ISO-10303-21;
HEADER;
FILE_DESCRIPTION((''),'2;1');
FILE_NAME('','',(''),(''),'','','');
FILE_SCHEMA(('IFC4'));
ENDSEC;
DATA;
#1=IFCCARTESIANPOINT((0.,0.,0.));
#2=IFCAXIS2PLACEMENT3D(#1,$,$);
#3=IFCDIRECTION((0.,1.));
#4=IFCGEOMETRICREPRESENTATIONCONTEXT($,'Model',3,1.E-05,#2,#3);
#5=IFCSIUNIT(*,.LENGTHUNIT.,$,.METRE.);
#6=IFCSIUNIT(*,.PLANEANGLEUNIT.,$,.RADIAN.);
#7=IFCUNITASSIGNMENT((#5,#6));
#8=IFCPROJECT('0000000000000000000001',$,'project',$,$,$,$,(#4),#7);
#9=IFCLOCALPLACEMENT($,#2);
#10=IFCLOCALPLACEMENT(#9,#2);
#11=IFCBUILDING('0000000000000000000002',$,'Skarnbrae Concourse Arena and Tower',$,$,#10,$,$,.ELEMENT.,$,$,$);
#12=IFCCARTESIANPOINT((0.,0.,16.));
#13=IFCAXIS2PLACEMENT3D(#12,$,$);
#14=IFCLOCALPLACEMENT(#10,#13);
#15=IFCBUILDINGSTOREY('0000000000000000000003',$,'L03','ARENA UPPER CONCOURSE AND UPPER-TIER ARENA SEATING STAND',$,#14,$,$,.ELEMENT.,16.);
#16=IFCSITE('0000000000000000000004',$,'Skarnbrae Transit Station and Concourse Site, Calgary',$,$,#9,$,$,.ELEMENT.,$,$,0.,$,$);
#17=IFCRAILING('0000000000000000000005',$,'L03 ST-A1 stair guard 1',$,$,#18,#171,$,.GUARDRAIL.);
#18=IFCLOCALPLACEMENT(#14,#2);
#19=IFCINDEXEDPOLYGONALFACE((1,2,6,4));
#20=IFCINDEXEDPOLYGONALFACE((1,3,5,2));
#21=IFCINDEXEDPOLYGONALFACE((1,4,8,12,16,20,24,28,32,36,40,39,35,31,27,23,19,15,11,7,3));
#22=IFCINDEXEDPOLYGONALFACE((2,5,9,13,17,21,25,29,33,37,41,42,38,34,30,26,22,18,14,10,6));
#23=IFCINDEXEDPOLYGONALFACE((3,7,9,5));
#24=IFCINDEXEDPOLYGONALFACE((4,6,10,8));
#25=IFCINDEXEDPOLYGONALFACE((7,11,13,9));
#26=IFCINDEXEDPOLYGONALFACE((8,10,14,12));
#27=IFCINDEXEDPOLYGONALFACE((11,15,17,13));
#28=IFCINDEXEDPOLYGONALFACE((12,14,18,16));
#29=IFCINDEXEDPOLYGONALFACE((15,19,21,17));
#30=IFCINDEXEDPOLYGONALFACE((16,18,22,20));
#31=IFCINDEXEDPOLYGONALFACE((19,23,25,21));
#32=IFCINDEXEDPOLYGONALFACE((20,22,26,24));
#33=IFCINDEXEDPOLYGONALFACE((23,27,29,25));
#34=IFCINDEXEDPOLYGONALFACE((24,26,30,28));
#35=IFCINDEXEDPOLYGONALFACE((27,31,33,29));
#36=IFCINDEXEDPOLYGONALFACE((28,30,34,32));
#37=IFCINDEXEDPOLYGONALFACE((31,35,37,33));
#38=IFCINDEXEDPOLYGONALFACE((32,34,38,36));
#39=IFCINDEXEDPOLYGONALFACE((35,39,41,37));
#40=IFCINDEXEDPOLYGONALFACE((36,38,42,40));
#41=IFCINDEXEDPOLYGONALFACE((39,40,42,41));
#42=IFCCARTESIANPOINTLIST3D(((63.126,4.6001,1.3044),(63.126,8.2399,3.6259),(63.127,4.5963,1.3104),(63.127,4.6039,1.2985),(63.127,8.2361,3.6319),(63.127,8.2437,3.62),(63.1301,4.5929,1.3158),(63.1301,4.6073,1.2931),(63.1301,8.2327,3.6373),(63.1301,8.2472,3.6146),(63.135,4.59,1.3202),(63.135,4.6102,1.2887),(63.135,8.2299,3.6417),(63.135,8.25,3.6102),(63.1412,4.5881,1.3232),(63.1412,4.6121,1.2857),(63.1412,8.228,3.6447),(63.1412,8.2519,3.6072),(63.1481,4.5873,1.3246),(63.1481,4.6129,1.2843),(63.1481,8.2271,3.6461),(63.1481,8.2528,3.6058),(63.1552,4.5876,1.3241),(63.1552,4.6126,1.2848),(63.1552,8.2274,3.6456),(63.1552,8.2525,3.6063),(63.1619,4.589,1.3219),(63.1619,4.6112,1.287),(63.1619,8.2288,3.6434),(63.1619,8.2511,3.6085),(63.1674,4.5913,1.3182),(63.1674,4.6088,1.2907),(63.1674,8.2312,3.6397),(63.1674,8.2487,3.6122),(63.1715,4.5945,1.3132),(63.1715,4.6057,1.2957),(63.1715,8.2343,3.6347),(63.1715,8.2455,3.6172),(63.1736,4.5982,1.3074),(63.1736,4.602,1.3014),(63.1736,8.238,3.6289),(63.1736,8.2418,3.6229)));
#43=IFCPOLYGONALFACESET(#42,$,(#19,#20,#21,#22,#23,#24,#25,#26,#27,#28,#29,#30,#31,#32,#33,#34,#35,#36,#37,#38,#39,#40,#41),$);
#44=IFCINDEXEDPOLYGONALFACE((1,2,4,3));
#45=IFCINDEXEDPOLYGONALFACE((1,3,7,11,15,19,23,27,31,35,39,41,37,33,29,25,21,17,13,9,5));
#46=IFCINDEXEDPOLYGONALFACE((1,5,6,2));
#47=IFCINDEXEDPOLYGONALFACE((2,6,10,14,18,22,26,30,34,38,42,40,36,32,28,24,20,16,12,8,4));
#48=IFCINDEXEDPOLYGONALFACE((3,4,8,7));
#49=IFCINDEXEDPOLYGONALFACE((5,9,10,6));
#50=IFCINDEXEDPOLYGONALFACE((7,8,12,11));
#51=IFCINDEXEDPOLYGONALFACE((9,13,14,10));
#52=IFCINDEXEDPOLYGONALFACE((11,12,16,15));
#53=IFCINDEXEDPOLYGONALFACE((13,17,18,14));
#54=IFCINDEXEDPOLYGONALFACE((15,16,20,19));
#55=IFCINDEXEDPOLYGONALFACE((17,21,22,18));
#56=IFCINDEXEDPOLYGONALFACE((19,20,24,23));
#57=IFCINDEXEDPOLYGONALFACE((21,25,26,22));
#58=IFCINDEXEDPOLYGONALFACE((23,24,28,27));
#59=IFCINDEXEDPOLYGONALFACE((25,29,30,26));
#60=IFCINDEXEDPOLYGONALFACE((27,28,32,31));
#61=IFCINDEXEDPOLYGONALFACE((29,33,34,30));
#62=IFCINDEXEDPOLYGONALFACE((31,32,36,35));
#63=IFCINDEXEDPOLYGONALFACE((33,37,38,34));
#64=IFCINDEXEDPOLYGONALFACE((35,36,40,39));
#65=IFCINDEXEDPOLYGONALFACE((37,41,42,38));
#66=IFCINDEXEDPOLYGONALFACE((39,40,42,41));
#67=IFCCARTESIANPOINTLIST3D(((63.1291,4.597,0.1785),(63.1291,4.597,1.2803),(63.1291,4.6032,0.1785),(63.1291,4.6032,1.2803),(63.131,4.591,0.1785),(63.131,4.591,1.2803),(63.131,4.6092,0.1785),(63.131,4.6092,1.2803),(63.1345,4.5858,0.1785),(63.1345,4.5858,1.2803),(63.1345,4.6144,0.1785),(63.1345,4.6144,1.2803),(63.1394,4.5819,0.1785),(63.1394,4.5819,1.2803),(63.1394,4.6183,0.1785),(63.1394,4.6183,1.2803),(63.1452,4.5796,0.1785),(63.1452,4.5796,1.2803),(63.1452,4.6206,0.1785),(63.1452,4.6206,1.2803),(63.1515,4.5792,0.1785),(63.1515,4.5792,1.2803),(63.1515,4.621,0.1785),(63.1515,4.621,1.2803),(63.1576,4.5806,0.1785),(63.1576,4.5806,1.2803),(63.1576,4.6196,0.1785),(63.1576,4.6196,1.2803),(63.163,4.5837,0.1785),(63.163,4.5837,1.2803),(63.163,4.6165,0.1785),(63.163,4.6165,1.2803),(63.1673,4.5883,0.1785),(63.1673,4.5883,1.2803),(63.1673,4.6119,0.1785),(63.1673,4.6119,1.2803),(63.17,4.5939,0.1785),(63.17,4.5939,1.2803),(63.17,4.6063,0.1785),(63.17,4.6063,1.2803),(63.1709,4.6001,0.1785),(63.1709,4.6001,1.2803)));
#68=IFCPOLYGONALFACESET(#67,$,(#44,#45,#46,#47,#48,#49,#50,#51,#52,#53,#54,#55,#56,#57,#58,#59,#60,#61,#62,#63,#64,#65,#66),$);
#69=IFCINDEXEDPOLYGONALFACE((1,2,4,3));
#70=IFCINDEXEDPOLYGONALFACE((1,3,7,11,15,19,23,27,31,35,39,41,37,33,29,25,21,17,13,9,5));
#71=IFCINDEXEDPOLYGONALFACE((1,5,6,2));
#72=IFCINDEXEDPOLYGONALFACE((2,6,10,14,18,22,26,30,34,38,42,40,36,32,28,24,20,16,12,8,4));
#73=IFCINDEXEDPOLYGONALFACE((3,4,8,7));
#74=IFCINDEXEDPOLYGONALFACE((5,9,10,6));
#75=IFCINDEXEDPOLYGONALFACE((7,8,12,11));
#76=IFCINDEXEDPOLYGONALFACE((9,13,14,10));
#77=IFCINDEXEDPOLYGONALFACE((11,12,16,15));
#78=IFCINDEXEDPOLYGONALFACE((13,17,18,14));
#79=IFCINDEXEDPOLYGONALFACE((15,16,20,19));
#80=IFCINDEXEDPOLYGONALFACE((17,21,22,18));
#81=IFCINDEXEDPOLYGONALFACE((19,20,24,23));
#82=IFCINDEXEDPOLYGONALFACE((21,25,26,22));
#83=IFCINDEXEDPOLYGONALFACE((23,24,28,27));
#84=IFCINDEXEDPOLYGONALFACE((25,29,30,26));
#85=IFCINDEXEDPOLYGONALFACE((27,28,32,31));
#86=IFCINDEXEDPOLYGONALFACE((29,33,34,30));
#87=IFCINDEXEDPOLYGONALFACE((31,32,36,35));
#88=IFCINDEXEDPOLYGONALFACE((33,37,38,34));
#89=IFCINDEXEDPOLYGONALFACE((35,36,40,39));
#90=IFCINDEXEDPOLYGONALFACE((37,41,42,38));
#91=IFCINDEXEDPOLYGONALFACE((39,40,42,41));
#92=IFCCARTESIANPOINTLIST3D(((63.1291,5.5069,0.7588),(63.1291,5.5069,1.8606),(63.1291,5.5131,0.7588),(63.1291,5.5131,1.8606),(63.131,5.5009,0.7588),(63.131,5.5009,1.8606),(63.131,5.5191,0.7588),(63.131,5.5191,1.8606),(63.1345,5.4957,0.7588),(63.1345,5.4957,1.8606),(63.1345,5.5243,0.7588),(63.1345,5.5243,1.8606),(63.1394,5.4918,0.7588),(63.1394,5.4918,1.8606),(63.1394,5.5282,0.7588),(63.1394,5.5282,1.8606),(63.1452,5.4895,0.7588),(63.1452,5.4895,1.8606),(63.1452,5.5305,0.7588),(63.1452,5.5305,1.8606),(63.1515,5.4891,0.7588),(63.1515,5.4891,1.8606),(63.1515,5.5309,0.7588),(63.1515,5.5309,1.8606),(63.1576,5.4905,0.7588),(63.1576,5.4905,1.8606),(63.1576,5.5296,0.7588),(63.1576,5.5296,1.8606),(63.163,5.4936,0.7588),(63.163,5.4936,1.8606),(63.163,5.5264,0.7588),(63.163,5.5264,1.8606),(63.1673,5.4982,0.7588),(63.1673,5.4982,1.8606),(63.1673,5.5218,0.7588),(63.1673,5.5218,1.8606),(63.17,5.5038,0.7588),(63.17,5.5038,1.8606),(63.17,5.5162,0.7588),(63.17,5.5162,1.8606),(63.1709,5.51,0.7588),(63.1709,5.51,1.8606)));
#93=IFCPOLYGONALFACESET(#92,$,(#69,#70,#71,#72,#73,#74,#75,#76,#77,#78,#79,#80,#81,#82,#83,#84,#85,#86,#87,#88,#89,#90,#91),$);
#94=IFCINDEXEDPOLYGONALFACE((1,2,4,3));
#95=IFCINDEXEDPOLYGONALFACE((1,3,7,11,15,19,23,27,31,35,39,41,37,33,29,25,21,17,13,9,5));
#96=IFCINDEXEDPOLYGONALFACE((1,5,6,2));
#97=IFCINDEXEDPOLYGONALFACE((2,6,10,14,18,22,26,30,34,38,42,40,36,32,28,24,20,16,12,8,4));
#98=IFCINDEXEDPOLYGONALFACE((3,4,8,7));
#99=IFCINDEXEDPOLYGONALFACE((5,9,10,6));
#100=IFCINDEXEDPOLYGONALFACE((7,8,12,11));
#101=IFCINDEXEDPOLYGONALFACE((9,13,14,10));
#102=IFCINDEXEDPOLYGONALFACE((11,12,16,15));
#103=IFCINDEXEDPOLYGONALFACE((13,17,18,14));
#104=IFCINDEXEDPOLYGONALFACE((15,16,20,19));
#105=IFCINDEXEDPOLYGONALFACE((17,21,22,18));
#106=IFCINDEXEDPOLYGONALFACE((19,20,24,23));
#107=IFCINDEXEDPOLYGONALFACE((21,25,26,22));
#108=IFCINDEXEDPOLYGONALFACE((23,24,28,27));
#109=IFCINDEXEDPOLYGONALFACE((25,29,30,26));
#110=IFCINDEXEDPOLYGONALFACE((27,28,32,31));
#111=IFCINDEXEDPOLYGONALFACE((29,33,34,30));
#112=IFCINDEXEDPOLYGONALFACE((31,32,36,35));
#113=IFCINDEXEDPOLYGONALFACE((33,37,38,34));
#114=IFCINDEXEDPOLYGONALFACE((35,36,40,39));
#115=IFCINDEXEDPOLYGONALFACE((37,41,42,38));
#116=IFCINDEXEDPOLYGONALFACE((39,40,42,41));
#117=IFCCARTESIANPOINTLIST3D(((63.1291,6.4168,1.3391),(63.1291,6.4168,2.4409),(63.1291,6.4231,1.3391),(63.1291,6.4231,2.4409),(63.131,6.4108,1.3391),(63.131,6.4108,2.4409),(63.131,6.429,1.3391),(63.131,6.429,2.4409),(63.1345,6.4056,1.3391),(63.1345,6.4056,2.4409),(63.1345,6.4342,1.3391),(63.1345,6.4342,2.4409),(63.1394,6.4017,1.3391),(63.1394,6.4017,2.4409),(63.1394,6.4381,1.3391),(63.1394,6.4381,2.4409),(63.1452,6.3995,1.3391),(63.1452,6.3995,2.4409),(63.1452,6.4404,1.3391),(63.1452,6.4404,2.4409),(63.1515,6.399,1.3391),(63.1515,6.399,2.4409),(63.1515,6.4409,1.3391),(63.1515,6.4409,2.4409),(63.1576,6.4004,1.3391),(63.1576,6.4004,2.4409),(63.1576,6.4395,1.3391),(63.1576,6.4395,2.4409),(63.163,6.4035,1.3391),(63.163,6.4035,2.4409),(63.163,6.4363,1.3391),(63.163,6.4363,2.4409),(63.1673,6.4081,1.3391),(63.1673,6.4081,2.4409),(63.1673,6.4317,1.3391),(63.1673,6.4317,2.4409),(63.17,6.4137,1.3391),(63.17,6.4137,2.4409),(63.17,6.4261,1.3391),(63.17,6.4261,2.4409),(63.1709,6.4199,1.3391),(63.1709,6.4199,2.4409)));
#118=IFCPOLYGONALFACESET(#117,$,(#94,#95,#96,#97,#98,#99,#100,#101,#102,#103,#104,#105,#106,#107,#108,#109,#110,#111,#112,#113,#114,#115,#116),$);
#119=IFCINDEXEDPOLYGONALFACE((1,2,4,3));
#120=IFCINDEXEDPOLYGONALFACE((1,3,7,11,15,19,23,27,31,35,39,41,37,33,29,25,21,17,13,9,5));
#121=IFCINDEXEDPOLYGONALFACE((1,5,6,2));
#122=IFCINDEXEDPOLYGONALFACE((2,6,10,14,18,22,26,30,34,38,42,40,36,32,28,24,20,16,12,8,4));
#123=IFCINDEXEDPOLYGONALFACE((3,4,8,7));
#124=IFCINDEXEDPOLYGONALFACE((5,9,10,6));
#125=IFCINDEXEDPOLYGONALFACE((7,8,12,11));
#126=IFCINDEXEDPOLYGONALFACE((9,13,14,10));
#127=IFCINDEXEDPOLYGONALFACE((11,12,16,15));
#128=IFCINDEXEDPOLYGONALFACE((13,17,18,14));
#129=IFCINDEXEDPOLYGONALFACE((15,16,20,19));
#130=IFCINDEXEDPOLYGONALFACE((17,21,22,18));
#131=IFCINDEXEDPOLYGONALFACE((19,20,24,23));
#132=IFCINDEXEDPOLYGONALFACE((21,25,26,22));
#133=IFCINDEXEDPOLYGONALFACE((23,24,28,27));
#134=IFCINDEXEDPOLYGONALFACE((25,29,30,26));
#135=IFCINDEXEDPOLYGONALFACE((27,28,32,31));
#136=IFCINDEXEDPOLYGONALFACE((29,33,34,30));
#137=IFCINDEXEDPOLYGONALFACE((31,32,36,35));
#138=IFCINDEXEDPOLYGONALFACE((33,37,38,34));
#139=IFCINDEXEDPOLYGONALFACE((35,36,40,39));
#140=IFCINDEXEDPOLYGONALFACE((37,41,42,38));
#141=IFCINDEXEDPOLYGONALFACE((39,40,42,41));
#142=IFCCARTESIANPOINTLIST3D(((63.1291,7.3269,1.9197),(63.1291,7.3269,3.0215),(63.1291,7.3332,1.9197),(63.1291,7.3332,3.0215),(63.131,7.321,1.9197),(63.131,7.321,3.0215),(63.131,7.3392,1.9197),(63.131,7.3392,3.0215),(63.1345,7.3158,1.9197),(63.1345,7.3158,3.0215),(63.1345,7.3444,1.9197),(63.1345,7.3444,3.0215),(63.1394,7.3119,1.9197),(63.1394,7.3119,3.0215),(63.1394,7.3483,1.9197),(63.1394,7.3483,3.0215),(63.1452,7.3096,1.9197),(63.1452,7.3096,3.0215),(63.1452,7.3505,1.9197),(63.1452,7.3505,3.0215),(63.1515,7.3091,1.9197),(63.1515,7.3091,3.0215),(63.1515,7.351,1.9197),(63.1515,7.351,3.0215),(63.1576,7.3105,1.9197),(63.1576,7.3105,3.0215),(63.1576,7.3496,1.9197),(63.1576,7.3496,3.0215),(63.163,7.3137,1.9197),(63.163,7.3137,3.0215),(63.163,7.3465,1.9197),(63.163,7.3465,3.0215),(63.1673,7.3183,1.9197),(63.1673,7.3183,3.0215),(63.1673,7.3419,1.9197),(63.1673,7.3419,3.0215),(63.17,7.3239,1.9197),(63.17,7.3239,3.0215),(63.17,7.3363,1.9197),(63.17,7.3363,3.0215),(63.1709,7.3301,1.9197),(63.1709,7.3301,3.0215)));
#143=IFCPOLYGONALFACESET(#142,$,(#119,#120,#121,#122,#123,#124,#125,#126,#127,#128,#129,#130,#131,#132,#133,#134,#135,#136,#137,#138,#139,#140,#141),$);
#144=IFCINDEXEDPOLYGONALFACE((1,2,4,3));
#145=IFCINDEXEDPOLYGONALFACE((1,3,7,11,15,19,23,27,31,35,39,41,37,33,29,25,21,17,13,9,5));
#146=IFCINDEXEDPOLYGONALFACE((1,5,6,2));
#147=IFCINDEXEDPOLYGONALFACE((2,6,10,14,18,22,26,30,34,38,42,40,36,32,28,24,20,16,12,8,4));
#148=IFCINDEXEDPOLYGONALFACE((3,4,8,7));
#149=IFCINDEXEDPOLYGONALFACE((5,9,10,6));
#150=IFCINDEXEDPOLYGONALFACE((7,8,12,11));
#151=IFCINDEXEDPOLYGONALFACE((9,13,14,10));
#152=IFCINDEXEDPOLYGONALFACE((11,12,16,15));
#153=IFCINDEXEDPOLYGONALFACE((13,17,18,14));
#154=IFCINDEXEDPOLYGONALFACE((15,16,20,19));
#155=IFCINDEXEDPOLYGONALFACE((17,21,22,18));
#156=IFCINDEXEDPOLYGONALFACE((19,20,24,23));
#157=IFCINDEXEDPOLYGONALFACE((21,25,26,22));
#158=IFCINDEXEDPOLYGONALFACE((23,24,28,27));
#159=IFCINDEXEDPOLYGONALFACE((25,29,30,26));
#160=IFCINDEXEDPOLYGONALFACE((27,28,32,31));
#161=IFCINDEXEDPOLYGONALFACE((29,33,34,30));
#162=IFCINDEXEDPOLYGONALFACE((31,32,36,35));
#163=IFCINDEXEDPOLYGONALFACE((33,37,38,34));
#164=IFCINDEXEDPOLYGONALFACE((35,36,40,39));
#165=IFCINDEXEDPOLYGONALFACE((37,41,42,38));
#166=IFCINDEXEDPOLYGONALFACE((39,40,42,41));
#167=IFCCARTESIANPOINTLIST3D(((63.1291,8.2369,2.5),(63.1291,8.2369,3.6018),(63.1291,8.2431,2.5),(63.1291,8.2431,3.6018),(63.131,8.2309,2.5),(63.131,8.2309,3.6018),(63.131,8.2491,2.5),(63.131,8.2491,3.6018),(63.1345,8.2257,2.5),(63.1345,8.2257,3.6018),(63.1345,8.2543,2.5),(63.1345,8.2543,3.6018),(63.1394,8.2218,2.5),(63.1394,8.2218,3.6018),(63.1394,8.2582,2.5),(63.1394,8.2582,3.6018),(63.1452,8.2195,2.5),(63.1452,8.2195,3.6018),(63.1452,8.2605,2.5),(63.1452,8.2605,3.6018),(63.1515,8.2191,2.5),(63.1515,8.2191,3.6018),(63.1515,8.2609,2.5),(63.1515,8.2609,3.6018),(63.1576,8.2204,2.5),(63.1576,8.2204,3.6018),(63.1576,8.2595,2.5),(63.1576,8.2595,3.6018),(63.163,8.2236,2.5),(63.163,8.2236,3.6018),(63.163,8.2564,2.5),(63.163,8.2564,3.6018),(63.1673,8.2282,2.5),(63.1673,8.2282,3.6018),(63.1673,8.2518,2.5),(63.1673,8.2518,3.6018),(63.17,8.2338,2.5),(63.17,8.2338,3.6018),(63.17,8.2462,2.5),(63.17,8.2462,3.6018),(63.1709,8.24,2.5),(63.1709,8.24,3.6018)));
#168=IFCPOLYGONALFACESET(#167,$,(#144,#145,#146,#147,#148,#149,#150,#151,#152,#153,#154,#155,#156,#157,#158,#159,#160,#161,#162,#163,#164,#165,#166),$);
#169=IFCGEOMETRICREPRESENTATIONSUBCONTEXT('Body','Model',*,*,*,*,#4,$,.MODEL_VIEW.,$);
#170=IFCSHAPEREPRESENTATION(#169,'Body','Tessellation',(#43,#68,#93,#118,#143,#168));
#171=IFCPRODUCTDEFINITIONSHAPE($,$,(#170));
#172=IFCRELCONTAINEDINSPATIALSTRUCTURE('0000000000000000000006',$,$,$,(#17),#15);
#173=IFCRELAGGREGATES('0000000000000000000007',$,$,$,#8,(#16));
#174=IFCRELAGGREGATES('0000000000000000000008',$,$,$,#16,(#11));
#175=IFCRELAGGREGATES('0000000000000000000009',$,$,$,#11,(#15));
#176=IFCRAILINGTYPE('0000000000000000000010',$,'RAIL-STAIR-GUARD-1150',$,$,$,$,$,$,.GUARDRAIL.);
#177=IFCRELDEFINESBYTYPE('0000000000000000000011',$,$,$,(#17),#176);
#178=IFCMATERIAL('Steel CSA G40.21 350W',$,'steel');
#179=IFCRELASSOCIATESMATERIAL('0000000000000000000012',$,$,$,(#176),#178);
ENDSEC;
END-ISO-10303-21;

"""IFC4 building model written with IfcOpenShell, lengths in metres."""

from ifc_helpers import new_model, si_unit, direction, frame, origin, origin_2d, place, context, subcontext, project, spatial, circle, extrude, material, type_object, element, save


model = new_model("IFC4")

# Units and contexts
model_context = context("Model", 3, precision=1e-05, world=origin(), true_north=direction((0.0, 1.0)))
body_context = subcontext(model_context, "Body", "Model", "MODEL_VIEW")
ifc_project = project(units=[si_unit("LENGTHUNIT", "METRE"), si_unit("PLANEANGLEUNIT", "RADIAN")], contexts=[model_context])

# Site, building, storey
site_placement = place(None, origin())
site = spatial("IfcSite", under=ifc_project, at=site_placement, Name="Skarnbrae Transit Station and Concourse Site, Calgary", CompositionType="ELEMENT", RefElevation=0.0)
building_placement = place(site_placement, origin())
building = spatial("IfcBuilding", under=site, at=building_placement, Name="Skarnbrae Concourse Arena and Tower", CompositionType="ELEMENT")
storey_placement = place(building_placement, frame((0.0, 0.0, 16.0)))
storey = spatial("IfcBuildingStorey", under=building, at=storey_placement, Name="L03", Description="ARENA UPPER CONCOURSE AND UPPER-TIER ARENA SEATING STAND", CompositionType="ELEMENT", Elevation=16.0)

# Shared definitions
ifc_material_1 = material(Name="Steel CSA G40.21 350W", Category="steel")

# Railing
railing_type_1 = type_object("IfcRailingType", Name="RAIL-STAIR-GUARD-1150", PredefinedType="GUARDRAIL", material=ifc_material_1)
railing_1_placement = place(storey_placement, frame((63.1499, 4.6001, 0.1785)))
element("IfcRailing", 1, at=railing_1_placement, inside=storey, type_object=railing_type_1, Name="L03 ST-A1 stair guard 1", PredefinedType="GUARDRAIL", context=body_context, shape_type="SweptSolid", body=[
    extrude(circle(Radius=0.0239, at=origin_2d()), frame((0.0, 0.0, 1.126), z_axis=(0.0, 0.843112, 0.537739), x_axis=(-1.0, 0.0, 0.0)), (0.0, 0.0, 1.0), 4.3171),
    extrude(circle(Radius=0.021, at=origin_2d()), origin(), (0.0, 0.0, 1.0), 1.1018),
    extrude(circle(Radius=0.021, at=origin_2d()), frame((0.0, 0.9099, 0.5803)), (0.0, 0.0, 1.0), 1.1018),
    extrude(circle(Radius=0.021, at=origin_2d()), frame((0.0, 1.8198, 1.1606)), (0.0, 0.0, 1.0), 1.1018),
    extrude(circle(Radius=0.021, at=origin_2d()), frame((0.0, 2.73, 1.7412)), (0.0, 0.0, 1.0), 1.1018),
    extrude(circle(Radius=0.021, at=origin_2d()), frame((0.0, 3.6399, 2.3215)), (0.0, 0.0, 1.0), 1.1018),
])

save(model, "model.ifc")
